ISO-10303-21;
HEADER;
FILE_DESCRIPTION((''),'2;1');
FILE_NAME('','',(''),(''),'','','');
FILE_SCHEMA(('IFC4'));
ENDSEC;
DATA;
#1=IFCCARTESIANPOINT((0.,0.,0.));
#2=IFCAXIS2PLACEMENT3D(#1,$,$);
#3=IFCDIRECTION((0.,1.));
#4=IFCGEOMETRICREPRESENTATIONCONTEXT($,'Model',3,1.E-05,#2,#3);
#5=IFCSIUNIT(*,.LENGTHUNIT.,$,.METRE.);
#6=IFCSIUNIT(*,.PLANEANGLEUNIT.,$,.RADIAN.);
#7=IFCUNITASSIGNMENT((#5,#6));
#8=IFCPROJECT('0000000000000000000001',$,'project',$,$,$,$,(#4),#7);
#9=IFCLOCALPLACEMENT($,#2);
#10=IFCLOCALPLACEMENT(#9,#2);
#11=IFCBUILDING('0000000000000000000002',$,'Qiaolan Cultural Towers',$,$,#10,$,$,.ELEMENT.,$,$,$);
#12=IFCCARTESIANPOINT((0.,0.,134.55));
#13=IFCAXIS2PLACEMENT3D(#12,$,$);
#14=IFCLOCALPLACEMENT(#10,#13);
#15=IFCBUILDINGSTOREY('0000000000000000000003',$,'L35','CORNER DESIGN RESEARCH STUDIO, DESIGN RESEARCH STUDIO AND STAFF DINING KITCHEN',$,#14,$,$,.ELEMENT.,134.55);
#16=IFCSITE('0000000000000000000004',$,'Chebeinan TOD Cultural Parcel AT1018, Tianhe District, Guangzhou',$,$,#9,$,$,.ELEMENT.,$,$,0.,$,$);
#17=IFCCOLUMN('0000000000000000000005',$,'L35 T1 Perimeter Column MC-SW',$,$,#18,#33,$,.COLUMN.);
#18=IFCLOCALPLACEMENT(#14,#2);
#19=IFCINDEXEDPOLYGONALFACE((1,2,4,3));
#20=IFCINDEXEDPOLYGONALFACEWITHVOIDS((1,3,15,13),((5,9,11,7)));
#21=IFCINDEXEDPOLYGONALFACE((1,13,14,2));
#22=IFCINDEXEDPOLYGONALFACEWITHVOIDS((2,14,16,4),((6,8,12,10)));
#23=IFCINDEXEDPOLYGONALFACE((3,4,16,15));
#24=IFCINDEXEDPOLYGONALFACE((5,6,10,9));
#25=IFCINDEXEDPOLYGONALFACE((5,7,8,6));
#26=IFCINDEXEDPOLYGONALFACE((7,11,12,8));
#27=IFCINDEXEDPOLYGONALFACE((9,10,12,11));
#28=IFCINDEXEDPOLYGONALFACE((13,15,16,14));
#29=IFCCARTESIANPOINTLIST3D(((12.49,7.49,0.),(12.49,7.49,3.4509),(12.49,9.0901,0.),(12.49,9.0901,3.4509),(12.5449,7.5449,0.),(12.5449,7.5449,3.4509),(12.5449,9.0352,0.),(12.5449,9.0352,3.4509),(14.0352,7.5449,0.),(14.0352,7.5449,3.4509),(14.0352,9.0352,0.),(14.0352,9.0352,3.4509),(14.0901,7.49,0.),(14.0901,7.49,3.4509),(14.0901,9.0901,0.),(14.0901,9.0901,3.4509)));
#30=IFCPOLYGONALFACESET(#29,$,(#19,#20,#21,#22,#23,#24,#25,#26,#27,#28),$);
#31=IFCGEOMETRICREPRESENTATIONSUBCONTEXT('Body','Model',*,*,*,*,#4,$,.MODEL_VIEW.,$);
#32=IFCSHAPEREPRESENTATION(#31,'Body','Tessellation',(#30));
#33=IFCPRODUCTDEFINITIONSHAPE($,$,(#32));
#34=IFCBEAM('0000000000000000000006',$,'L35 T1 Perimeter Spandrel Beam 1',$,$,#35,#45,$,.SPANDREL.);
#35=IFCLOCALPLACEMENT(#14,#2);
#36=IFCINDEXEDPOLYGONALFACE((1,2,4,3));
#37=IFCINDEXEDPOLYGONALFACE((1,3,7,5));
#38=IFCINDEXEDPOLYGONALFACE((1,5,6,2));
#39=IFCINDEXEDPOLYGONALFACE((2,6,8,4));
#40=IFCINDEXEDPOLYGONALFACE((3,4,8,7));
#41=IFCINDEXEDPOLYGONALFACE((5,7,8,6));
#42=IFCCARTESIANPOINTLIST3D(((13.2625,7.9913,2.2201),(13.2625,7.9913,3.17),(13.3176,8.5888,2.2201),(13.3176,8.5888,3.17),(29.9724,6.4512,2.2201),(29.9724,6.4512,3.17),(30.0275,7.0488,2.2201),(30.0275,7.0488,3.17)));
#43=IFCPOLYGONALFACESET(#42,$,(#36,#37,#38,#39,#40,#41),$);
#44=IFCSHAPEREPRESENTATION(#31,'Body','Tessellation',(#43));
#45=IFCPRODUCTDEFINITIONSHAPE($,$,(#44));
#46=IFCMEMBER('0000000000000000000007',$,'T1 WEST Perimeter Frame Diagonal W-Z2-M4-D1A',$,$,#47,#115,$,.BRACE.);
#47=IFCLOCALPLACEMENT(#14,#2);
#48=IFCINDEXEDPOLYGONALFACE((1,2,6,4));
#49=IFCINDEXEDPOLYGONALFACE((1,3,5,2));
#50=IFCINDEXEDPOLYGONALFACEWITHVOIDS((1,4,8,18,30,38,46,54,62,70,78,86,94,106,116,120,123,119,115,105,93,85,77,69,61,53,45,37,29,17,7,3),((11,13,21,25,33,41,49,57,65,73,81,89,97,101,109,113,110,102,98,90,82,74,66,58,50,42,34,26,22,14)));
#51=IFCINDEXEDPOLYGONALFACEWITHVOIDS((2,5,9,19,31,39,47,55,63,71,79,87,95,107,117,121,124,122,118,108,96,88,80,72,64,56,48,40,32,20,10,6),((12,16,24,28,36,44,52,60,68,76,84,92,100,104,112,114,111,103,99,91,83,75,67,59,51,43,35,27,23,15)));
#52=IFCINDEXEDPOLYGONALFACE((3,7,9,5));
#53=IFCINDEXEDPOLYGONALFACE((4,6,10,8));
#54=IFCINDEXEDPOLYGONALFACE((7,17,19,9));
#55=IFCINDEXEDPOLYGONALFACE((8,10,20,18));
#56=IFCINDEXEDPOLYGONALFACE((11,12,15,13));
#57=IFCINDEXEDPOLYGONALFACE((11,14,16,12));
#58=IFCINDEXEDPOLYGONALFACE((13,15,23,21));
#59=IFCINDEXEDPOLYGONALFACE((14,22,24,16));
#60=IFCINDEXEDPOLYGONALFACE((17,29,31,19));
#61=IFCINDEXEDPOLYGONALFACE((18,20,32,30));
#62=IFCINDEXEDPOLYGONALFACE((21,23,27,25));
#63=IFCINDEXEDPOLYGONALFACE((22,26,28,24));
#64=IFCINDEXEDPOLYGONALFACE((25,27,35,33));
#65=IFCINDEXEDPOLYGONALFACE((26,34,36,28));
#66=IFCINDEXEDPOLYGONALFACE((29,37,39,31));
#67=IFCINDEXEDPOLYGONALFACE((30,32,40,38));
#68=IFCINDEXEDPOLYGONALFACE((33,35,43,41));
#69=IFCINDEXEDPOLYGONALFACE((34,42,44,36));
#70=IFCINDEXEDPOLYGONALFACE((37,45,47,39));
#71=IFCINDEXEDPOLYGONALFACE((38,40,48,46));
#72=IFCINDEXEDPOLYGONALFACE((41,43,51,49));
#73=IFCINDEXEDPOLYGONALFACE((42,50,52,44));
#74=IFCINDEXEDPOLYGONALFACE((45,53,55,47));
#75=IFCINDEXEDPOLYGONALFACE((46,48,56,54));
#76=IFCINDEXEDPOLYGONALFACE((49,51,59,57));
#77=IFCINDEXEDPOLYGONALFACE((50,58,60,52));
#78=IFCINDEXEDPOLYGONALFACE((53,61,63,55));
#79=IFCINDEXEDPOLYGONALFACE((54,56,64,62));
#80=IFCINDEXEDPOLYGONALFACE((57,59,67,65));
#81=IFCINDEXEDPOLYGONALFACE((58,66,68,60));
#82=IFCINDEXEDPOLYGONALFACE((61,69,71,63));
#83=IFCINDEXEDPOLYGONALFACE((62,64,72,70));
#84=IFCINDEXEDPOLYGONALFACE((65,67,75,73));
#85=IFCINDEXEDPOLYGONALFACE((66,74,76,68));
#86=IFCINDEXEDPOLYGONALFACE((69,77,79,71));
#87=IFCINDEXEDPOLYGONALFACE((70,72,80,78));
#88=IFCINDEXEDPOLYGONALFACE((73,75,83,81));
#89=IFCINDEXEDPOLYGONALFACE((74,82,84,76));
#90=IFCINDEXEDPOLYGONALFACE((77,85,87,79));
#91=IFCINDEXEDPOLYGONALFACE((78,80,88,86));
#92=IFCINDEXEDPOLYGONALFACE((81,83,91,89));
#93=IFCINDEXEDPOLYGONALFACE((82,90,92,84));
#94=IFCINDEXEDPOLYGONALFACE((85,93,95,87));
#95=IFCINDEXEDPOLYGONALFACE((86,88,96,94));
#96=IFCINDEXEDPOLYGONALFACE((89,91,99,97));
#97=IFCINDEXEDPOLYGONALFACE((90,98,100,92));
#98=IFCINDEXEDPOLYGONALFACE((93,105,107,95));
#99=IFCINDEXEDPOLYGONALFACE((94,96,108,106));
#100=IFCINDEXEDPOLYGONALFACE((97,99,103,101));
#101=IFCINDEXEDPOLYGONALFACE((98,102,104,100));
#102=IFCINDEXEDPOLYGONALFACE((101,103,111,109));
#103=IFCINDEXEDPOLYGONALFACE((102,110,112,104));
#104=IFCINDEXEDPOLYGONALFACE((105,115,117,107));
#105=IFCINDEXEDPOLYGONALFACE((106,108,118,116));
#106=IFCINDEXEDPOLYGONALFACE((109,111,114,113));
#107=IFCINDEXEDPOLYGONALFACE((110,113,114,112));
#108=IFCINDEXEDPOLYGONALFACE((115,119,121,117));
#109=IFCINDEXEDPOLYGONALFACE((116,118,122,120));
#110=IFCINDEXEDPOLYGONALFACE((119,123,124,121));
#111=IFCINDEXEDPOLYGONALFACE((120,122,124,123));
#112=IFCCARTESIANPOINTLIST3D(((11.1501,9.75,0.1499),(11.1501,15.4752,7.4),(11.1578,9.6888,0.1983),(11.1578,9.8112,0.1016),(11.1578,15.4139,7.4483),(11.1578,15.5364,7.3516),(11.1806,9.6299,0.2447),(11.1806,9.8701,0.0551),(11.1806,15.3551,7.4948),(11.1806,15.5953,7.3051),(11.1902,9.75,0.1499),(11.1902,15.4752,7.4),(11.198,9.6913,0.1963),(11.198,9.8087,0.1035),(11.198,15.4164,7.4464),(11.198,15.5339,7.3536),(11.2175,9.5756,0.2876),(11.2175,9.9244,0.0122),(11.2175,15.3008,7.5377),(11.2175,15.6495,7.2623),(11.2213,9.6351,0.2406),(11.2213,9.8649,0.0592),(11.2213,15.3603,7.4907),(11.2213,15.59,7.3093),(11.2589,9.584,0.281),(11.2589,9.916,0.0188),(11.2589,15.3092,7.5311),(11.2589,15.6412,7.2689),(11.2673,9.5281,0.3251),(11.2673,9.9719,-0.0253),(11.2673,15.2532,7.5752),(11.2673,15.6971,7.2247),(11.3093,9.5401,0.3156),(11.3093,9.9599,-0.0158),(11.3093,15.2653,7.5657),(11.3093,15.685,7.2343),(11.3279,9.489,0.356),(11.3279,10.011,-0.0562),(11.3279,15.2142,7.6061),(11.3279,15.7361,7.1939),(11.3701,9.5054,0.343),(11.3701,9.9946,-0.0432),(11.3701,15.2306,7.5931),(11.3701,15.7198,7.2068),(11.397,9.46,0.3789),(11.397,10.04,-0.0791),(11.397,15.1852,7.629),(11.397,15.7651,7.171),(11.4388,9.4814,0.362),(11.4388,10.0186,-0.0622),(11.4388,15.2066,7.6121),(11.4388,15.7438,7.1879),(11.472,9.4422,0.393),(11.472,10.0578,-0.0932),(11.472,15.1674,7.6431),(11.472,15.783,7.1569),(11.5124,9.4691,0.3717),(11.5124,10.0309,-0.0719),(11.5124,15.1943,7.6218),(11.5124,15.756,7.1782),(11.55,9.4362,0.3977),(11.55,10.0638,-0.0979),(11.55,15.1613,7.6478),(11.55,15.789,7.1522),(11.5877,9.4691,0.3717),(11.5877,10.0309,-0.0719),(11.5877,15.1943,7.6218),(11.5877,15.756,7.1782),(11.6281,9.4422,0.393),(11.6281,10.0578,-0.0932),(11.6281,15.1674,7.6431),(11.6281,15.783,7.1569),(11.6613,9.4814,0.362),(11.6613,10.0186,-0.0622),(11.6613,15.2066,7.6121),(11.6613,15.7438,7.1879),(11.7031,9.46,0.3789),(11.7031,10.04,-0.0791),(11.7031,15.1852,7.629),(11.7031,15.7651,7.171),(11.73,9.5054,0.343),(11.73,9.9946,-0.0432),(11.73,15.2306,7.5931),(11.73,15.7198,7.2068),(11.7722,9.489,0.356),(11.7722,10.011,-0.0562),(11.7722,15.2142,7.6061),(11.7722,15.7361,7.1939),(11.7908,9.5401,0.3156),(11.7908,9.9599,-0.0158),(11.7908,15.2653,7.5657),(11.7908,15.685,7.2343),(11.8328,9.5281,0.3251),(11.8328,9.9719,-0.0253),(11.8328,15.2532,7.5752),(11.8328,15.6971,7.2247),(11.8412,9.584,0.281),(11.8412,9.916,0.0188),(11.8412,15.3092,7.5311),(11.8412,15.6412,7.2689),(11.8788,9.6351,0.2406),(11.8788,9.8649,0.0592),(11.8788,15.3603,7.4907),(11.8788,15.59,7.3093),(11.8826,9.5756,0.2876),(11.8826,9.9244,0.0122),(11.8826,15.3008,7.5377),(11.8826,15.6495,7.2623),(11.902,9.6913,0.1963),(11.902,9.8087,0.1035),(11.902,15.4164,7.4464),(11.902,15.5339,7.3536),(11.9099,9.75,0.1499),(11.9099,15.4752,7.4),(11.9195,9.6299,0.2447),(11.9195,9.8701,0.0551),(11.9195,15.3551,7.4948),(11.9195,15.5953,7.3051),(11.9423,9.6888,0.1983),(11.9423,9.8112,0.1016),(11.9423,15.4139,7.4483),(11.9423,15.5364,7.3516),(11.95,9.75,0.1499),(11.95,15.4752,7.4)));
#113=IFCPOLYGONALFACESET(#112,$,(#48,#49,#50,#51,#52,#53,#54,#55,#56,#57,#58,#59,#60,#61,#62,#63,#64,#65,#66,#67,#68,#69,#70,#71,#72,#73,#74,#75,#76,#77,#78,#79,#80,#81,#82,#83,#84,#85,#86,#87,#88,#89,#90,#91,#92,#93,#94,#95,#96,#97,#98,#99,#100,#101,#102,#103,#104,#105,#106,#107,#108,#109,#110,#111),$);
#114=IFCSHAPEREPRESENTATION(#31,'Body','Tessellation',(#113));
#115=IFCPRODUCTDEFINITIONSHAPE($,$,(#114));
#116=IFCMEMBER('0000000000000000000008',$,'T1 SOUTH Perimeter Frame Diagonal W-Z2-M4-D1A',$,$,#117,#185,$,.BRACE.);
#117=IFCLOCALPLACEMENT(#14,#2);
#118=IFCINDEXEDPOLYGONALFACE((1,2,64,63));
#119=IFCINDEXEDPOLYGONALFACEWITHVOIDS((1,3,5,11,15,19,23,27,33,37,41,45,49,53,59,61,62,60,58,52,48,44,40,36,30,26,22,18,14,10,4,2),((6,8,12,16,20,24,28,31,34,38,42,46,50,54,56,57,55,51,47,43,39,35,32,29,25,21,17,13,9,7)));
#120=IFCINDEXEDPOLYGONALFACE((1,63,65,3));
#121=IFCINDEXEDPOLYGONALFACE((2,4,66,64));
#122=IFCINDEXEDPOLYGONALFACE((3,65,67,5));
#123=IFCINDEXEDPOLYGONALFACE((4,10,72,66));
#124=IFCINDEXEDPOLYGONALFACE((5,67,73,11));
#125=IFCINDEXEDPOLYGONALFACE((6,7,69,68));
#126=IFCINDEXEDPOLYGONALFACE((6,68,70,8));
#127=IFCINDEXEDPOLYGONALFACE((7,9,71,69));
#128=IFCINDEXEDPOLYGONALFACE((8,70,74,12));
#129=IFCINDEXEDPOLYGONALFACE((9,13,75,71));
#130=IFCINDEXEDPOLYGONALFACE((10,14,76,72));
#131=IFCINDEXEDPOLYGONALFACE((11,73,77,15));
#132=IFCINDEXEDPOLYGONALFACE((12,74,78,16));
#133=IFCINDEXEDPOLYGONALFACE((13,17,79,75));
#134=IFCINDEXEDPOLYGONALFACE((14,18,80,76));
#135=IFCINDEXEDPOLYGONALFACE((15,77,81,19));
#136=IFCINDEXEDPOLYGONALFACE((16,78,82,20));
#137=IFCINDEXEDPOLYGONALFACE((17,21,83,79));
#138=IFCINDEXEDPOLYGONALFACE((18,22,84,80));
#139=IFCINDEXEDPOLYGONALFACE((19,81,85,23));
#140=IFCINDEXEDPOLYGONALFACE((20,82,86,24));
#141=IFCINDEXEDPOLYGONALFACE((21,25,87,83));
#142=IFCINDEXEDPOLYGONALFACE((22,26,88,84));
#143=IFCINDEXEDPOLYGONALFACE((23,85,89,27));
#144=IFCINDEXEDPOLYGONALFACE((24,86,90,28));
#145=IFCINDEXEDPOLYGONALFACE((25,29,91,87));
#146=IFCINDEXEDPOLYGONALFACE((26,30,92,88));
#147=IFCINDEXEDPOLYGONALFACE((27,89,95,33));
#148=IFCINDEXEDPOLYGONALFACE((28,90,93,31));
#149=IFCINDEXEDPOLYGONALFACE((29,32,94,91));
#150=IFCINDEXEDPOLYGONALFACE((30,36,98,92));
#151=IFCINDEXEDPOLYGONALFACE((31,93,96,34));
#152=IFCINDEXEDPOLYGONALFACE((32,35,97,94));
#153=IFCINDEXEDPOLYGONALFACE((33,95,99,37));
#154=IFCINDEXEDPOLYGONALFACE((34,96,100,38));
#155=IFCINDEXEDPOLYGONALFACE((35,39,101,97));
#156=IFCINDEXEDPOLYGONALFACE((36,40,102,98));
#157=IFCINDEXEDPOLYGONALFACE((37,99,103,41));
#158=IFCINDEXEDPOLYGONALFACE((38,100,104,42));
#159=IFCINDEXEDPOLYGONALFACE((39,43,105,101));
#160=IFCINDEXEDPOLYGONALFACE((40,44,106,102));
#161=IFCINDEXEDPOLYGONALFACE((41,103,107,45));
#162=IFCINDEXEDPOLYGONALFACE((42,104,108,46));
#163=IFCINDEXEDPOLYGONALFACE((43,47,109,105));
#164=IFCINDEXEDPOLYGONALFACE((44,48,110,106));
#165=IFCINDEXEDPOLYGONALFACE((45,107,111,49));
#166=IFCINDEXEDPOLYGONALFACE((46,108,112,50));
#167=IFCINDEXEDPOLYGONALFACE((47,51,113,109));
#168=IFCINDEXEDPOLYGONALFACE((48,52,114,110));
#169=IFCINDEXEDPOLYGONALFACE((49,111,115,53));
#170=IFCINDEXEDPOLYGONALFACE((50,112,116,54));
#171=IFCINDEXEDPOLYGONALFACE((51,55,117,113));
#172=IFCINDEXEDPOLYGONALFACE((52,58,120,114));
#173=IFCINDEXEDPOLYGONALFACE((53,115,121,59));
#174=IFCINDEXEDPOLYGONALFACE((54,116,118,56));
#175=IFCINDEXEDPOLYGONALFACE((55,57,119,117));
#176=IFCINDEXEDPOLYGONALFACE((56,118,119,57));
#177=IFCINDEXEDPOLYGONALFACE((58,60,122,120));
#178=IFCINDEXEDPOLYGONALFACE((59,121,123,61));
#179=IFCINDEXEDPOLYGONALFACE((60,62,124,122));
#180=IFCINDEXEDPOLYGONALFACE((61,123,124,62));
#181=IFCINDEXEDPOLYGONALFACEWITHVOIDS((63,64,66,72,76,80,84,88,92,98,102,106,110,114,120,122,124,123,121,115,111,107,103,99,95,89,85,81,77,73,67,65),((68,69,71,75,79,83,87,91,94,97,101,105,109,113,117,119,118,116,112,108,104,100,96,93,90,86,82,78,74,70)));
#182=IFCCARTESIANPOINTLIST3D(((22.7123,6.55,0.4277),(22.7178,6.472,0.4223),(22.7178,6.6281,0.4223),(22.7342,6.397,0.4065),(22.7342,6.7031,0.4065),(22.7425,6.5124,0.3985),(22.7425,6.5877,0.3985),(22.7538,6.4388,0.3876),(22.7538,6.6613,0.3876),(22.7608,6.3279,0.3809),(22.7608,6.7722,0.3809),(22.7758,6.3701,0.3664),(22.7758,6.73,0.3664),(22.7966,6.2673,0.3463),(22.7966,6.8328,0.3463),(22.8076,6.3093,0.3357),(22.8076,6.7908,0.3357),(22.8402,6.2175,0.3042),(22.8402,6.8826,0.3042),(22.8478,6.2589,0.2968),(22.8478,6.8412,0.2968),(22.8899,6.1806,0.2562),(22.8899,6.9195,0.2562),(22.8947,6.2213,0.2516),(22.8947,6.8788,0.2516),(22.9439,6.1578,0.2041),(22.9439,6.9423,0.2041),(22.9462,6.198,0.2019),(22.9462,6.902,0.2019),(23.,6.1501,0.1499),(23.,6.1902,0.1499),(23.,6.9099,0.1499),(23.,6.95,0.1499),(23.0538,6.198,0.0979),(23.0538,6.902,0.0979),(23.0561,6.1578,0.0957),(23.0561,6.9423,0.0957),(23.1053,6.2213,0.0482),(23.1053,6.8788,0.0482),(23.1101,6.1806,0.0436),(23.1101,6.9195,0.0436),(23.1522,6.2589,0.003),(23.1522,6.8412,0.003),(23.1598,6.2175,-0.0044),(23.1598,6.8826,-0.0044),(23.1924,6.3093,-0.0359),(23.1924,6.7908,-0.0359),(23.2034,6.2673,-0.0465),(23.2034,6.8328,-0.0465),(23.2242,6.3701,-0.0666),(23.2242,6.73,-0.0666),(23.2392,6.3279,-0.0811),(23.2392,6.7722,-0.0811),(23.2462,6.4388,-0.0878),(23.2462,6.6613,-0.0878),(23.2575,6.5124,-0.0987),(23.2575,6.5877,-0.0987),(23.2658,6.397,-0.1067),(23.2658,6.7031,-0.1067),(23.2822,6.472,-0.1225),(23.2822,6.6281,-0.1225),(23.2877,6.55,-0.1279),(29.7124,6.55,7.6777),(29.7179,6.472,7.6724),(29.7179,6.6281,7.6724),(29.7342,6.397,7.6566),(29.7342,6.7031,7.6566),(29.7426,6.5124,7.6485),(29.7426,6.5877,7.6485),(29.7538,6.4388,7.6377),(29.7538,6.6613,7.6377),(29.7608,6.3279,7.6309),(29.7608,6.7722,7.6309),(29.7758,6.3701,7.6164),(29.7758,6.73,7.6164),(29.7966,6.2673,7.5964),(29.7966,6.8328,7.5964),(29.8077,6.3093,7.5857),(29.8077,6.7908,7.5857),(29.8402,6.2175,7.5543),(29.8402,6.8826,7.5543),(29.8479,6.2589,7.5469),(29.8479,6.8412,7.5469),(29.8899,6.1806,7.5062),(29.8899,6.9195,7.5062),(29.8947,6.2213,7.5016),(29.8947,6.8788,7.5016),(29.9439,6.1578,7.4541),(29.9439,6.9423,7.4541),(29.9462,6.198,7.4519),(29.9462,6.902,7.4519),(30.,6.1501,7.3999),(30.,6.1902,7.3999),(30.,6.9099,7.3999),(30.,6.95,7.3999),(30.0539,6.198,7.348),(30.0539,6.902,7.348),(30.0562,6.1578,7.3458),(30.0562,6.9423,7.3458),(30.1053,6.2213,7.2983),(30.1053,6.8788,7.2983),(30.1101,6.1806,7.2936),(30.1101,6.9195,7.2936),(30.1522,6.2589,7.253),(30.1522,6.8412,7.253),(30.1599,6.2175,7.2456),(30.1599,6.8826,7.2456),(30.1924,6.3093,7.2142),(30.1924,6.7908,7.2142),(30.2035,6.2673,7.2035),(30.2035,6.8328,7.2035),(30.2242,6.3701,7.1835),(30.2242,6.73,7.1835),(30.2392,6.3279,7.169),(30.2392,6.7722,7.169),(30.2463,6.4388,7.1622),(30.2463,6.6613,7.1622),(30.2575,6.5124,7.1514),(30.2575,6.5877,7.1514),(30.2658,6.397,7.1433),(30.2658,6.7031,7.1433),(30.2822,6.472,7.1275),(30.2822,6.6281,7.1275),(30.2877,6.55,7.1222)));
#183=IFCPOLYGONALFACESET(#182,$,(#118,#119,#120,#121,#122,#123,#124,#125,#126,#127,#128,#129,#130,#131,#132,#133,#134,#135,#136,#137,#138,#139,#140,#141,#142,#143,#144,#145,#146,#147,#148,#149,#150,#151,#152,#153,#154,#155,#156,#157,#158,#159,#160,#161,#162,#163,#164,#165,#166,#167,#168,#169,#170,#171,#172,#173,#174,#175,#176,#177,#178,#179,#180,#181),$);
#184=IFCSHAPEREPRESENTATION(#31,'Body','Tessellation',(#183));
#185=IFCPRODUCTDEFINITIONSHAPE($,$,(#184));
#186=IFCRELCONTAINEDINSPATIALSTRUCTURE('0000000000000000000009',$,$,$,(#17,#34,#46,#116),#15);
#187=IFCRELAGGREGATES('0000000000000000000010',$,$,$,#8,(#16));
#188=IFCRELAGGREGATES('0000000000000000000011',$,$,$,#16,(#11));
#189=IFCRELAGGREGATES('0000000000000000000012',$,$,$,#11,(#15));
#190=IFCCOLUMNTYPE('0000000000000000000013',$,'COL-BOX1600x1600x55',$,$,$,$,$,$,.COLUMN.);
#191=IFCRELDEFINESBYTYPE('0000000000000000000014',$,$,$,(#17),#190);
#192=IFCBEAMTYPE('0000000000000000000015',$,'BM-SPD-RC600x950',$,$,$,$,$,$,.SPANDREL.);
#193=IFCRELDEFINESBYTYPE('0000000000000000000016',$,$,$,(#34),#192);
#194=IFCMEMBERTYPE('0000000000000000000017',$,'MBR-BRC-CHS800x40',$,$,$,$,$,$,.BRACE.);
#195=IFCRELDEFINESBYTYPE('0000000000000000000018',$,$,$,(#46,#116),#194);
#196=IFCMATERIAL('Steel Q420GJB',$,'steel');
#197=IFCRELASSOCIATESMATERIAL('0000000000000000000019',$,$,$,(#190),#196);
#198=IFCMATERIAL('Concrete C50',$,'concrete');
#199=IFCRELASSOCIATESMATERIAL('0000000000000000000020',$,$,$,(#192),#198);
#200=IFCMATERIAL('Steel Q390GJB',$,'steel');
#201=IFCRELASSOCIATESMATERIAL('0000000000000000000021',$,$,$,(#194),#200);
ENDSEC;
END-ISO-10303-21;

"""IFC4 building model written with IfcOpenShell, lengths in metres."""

from ifc_helpers import new_model, si_unit, direction, frame, origin, origin_2d, place, context, subcontext, project, spatial, rectangle, hollow_rectangle, hollow_circle, extrude, material, material_profile, profile_set, type_object, element, save


model = new_model("IFC4")

# Units and contexts
model_context = context("Model", 3, precision=1e-05, world=origin(), true_north=direction((0.0, 1.0)))
body_context = subcontext(model_context, "Body", "Model", "MODEL_VIEW")
ifc_project = project(units=[si_unit("LENGTHUNIT", "METRE"), si_unit("PLANEANGLEUNIT", "RADIAN")], contexts=[model_context])

# Site, building, storey
site_placement = place(None, origin())
site = spatial("IfcSite", under=ifc_project, at=site_placement, Name="Chebeinan TOD Cultural Parcel AT1018, Tianhe District, Guangzhou", CompositionType="ELEMENT", RefElevation=0.0)
building_placement = place(site_placement, origin())
building = spatial("IfcBuilding", under=site, at=building_placement, Name="Qiaolan Cultural Towers", CompositionType="ELEMENT")
storey_placement = place(building_placement, frame((0.0, 0.0, 134.55)))
storey = spatial("IfcBuildingStorey", under=building, at=storey_placement, Name="L35", Description="CORNER DESIGN RESEARCH STUDIO, DESIGN RESEARCH STUDIO AND STAFF DINING KITCHEN", CompositionType="ELEMENT", Elevation=134.55)

# Column
ifc_material_1 = material(Name="Steel Q420GJB", Category="steel")
ifc_material_profile_1 = material_profile(ifc_material_1, hollow_rectangle(XDim=1.6001, YDim=1.6001, WallThickness=0.0549, at=origin_2d()), Name="BOX1600x1600x55")
ifc_profile_set_1 = profile_set([ifc_material_profile_1], Name="Steel Q420GJB")
column_type = type_object("IfcColumnType", Name="COL-BOX1600x1600x55", PredefinedType="COLUMN", material=ifc_profile_set_1)
column_placement = place(storey_placement, frame((13.29, 8.29, 0.0), z_axis=(0.0, 0.0, 1.0), x_axis=(1.0, 0.0, 0.0)))
element("IfcColumn", 1, at=column_placement, inside=storey, type_object=column_type, Name="L35 T1 Perimeter Column MC-SW", PredefinedType="COLUMN", context=body_context, shape_type="SweptSolid", body=[
    extrude(hollow_rectangle(XDim=1.6001, YDim=1.6001, WallThickness=0.0549, at=origin_2d()), origin(), (0.0, 0.0, 1.0), 3.4509),
])

# Beam
ifc_material_2 = material(Name="Concrete C50", Category="concrete")
ifc_material_profile_2 = material_profile(ifc_material_2, rectangle(XDim=0.6001, YDim=0.95, at=origin_2d()), Name="RC600x950")
ifc_profile_set_2 = profile_set([ifc_material_profile_2], Name="Concrete C50")
beam_type = type_object("IfcBeamType", Name="BM-SPD-RC600x950", PredefinedType="SPANDREL", material=ifc_profile_set_2)
beam_placement = place(storey_placement, frame((13.29, 8.29, 2.6951), z_axis=(0.99578, -0.091774, 0.0), x_axis=(0.091774, 0.99578, 0.0)))
element("IfcBeam", 2, at=beam_placement, inside=storey, type_object=beam_type, Name="L35 T1 Perimeter Spandrel Beam 1", PredefinedType="SPANDREL", context=body_context, shape_type="SweptSolid", body=[
    extrude(rectangle(XDim=0.6001, YDim=0.95, at=origin_2d()), origin(), (0.0, 0.0, 1.0), 16.7808),
])

# Members
ifc_material_3 = material(Name="Steel Q390GJB", Category="steel")
ifc_material_profile_3 = material_profile(ifc_material_3, hollow_circle(Radius=0.3999, WallThickness=0.04, at=origin_2d()), Name="CHS800x40")
ifc_profile_set_3 = profile_set([ifc_material_profile_3], Name="Steel Q390GJB")
member_type = type_object("IfcMemberType", Name="MBR-BRC-CHS800x40", PredefinedType="BRACE", material=ifc_profile_set_3)
member_1_placement = place(storey_placement, frame((11.55, 9.75, 0.1499), z_axis=(0.0, 0.619739, 0.784808), x_axis=(-1.0, 0.0, 0.0)))
element("IfcMember", 3, at=member_1_placement, inside=storey, type_object=member_type, Name="T1 WEST Perimeter Frame Diagonal W-Z2-M4-D1A", PredefinedType="BRACE", context=body_context, shape_type="SweptSolid", body=[
    extrude(hollow_circle(Radius=0.3999, WallThickness=0.04, at=origin_2d()), origin(), (0.0, 0.0, 1.0), 9.238),
])
member_2_placement = place(storey_placement, frame((23.0, 6.55, 0.1499), z_axis=(0.694595, 0.0, 0.719401), x_axis=(0.0, 1.0, 0.0)))
element("IfcMember", 4, at=member_2_placement, inside=storey, type_object=member_type, Name="T1 SOUTH Perimeter Frame Diagonal W-Z2-M4-D1A", PredefinedType="BRACE", context=body_context, shape_type="SweptSolid", body=[
    extrude(hollow_circle(Radius=0.3999, WallThickness=0.04, at=origin_2d()), origin(), (0.0, 0.0, 1.0), 10.0779),
])

save(model, "model.ifc")
